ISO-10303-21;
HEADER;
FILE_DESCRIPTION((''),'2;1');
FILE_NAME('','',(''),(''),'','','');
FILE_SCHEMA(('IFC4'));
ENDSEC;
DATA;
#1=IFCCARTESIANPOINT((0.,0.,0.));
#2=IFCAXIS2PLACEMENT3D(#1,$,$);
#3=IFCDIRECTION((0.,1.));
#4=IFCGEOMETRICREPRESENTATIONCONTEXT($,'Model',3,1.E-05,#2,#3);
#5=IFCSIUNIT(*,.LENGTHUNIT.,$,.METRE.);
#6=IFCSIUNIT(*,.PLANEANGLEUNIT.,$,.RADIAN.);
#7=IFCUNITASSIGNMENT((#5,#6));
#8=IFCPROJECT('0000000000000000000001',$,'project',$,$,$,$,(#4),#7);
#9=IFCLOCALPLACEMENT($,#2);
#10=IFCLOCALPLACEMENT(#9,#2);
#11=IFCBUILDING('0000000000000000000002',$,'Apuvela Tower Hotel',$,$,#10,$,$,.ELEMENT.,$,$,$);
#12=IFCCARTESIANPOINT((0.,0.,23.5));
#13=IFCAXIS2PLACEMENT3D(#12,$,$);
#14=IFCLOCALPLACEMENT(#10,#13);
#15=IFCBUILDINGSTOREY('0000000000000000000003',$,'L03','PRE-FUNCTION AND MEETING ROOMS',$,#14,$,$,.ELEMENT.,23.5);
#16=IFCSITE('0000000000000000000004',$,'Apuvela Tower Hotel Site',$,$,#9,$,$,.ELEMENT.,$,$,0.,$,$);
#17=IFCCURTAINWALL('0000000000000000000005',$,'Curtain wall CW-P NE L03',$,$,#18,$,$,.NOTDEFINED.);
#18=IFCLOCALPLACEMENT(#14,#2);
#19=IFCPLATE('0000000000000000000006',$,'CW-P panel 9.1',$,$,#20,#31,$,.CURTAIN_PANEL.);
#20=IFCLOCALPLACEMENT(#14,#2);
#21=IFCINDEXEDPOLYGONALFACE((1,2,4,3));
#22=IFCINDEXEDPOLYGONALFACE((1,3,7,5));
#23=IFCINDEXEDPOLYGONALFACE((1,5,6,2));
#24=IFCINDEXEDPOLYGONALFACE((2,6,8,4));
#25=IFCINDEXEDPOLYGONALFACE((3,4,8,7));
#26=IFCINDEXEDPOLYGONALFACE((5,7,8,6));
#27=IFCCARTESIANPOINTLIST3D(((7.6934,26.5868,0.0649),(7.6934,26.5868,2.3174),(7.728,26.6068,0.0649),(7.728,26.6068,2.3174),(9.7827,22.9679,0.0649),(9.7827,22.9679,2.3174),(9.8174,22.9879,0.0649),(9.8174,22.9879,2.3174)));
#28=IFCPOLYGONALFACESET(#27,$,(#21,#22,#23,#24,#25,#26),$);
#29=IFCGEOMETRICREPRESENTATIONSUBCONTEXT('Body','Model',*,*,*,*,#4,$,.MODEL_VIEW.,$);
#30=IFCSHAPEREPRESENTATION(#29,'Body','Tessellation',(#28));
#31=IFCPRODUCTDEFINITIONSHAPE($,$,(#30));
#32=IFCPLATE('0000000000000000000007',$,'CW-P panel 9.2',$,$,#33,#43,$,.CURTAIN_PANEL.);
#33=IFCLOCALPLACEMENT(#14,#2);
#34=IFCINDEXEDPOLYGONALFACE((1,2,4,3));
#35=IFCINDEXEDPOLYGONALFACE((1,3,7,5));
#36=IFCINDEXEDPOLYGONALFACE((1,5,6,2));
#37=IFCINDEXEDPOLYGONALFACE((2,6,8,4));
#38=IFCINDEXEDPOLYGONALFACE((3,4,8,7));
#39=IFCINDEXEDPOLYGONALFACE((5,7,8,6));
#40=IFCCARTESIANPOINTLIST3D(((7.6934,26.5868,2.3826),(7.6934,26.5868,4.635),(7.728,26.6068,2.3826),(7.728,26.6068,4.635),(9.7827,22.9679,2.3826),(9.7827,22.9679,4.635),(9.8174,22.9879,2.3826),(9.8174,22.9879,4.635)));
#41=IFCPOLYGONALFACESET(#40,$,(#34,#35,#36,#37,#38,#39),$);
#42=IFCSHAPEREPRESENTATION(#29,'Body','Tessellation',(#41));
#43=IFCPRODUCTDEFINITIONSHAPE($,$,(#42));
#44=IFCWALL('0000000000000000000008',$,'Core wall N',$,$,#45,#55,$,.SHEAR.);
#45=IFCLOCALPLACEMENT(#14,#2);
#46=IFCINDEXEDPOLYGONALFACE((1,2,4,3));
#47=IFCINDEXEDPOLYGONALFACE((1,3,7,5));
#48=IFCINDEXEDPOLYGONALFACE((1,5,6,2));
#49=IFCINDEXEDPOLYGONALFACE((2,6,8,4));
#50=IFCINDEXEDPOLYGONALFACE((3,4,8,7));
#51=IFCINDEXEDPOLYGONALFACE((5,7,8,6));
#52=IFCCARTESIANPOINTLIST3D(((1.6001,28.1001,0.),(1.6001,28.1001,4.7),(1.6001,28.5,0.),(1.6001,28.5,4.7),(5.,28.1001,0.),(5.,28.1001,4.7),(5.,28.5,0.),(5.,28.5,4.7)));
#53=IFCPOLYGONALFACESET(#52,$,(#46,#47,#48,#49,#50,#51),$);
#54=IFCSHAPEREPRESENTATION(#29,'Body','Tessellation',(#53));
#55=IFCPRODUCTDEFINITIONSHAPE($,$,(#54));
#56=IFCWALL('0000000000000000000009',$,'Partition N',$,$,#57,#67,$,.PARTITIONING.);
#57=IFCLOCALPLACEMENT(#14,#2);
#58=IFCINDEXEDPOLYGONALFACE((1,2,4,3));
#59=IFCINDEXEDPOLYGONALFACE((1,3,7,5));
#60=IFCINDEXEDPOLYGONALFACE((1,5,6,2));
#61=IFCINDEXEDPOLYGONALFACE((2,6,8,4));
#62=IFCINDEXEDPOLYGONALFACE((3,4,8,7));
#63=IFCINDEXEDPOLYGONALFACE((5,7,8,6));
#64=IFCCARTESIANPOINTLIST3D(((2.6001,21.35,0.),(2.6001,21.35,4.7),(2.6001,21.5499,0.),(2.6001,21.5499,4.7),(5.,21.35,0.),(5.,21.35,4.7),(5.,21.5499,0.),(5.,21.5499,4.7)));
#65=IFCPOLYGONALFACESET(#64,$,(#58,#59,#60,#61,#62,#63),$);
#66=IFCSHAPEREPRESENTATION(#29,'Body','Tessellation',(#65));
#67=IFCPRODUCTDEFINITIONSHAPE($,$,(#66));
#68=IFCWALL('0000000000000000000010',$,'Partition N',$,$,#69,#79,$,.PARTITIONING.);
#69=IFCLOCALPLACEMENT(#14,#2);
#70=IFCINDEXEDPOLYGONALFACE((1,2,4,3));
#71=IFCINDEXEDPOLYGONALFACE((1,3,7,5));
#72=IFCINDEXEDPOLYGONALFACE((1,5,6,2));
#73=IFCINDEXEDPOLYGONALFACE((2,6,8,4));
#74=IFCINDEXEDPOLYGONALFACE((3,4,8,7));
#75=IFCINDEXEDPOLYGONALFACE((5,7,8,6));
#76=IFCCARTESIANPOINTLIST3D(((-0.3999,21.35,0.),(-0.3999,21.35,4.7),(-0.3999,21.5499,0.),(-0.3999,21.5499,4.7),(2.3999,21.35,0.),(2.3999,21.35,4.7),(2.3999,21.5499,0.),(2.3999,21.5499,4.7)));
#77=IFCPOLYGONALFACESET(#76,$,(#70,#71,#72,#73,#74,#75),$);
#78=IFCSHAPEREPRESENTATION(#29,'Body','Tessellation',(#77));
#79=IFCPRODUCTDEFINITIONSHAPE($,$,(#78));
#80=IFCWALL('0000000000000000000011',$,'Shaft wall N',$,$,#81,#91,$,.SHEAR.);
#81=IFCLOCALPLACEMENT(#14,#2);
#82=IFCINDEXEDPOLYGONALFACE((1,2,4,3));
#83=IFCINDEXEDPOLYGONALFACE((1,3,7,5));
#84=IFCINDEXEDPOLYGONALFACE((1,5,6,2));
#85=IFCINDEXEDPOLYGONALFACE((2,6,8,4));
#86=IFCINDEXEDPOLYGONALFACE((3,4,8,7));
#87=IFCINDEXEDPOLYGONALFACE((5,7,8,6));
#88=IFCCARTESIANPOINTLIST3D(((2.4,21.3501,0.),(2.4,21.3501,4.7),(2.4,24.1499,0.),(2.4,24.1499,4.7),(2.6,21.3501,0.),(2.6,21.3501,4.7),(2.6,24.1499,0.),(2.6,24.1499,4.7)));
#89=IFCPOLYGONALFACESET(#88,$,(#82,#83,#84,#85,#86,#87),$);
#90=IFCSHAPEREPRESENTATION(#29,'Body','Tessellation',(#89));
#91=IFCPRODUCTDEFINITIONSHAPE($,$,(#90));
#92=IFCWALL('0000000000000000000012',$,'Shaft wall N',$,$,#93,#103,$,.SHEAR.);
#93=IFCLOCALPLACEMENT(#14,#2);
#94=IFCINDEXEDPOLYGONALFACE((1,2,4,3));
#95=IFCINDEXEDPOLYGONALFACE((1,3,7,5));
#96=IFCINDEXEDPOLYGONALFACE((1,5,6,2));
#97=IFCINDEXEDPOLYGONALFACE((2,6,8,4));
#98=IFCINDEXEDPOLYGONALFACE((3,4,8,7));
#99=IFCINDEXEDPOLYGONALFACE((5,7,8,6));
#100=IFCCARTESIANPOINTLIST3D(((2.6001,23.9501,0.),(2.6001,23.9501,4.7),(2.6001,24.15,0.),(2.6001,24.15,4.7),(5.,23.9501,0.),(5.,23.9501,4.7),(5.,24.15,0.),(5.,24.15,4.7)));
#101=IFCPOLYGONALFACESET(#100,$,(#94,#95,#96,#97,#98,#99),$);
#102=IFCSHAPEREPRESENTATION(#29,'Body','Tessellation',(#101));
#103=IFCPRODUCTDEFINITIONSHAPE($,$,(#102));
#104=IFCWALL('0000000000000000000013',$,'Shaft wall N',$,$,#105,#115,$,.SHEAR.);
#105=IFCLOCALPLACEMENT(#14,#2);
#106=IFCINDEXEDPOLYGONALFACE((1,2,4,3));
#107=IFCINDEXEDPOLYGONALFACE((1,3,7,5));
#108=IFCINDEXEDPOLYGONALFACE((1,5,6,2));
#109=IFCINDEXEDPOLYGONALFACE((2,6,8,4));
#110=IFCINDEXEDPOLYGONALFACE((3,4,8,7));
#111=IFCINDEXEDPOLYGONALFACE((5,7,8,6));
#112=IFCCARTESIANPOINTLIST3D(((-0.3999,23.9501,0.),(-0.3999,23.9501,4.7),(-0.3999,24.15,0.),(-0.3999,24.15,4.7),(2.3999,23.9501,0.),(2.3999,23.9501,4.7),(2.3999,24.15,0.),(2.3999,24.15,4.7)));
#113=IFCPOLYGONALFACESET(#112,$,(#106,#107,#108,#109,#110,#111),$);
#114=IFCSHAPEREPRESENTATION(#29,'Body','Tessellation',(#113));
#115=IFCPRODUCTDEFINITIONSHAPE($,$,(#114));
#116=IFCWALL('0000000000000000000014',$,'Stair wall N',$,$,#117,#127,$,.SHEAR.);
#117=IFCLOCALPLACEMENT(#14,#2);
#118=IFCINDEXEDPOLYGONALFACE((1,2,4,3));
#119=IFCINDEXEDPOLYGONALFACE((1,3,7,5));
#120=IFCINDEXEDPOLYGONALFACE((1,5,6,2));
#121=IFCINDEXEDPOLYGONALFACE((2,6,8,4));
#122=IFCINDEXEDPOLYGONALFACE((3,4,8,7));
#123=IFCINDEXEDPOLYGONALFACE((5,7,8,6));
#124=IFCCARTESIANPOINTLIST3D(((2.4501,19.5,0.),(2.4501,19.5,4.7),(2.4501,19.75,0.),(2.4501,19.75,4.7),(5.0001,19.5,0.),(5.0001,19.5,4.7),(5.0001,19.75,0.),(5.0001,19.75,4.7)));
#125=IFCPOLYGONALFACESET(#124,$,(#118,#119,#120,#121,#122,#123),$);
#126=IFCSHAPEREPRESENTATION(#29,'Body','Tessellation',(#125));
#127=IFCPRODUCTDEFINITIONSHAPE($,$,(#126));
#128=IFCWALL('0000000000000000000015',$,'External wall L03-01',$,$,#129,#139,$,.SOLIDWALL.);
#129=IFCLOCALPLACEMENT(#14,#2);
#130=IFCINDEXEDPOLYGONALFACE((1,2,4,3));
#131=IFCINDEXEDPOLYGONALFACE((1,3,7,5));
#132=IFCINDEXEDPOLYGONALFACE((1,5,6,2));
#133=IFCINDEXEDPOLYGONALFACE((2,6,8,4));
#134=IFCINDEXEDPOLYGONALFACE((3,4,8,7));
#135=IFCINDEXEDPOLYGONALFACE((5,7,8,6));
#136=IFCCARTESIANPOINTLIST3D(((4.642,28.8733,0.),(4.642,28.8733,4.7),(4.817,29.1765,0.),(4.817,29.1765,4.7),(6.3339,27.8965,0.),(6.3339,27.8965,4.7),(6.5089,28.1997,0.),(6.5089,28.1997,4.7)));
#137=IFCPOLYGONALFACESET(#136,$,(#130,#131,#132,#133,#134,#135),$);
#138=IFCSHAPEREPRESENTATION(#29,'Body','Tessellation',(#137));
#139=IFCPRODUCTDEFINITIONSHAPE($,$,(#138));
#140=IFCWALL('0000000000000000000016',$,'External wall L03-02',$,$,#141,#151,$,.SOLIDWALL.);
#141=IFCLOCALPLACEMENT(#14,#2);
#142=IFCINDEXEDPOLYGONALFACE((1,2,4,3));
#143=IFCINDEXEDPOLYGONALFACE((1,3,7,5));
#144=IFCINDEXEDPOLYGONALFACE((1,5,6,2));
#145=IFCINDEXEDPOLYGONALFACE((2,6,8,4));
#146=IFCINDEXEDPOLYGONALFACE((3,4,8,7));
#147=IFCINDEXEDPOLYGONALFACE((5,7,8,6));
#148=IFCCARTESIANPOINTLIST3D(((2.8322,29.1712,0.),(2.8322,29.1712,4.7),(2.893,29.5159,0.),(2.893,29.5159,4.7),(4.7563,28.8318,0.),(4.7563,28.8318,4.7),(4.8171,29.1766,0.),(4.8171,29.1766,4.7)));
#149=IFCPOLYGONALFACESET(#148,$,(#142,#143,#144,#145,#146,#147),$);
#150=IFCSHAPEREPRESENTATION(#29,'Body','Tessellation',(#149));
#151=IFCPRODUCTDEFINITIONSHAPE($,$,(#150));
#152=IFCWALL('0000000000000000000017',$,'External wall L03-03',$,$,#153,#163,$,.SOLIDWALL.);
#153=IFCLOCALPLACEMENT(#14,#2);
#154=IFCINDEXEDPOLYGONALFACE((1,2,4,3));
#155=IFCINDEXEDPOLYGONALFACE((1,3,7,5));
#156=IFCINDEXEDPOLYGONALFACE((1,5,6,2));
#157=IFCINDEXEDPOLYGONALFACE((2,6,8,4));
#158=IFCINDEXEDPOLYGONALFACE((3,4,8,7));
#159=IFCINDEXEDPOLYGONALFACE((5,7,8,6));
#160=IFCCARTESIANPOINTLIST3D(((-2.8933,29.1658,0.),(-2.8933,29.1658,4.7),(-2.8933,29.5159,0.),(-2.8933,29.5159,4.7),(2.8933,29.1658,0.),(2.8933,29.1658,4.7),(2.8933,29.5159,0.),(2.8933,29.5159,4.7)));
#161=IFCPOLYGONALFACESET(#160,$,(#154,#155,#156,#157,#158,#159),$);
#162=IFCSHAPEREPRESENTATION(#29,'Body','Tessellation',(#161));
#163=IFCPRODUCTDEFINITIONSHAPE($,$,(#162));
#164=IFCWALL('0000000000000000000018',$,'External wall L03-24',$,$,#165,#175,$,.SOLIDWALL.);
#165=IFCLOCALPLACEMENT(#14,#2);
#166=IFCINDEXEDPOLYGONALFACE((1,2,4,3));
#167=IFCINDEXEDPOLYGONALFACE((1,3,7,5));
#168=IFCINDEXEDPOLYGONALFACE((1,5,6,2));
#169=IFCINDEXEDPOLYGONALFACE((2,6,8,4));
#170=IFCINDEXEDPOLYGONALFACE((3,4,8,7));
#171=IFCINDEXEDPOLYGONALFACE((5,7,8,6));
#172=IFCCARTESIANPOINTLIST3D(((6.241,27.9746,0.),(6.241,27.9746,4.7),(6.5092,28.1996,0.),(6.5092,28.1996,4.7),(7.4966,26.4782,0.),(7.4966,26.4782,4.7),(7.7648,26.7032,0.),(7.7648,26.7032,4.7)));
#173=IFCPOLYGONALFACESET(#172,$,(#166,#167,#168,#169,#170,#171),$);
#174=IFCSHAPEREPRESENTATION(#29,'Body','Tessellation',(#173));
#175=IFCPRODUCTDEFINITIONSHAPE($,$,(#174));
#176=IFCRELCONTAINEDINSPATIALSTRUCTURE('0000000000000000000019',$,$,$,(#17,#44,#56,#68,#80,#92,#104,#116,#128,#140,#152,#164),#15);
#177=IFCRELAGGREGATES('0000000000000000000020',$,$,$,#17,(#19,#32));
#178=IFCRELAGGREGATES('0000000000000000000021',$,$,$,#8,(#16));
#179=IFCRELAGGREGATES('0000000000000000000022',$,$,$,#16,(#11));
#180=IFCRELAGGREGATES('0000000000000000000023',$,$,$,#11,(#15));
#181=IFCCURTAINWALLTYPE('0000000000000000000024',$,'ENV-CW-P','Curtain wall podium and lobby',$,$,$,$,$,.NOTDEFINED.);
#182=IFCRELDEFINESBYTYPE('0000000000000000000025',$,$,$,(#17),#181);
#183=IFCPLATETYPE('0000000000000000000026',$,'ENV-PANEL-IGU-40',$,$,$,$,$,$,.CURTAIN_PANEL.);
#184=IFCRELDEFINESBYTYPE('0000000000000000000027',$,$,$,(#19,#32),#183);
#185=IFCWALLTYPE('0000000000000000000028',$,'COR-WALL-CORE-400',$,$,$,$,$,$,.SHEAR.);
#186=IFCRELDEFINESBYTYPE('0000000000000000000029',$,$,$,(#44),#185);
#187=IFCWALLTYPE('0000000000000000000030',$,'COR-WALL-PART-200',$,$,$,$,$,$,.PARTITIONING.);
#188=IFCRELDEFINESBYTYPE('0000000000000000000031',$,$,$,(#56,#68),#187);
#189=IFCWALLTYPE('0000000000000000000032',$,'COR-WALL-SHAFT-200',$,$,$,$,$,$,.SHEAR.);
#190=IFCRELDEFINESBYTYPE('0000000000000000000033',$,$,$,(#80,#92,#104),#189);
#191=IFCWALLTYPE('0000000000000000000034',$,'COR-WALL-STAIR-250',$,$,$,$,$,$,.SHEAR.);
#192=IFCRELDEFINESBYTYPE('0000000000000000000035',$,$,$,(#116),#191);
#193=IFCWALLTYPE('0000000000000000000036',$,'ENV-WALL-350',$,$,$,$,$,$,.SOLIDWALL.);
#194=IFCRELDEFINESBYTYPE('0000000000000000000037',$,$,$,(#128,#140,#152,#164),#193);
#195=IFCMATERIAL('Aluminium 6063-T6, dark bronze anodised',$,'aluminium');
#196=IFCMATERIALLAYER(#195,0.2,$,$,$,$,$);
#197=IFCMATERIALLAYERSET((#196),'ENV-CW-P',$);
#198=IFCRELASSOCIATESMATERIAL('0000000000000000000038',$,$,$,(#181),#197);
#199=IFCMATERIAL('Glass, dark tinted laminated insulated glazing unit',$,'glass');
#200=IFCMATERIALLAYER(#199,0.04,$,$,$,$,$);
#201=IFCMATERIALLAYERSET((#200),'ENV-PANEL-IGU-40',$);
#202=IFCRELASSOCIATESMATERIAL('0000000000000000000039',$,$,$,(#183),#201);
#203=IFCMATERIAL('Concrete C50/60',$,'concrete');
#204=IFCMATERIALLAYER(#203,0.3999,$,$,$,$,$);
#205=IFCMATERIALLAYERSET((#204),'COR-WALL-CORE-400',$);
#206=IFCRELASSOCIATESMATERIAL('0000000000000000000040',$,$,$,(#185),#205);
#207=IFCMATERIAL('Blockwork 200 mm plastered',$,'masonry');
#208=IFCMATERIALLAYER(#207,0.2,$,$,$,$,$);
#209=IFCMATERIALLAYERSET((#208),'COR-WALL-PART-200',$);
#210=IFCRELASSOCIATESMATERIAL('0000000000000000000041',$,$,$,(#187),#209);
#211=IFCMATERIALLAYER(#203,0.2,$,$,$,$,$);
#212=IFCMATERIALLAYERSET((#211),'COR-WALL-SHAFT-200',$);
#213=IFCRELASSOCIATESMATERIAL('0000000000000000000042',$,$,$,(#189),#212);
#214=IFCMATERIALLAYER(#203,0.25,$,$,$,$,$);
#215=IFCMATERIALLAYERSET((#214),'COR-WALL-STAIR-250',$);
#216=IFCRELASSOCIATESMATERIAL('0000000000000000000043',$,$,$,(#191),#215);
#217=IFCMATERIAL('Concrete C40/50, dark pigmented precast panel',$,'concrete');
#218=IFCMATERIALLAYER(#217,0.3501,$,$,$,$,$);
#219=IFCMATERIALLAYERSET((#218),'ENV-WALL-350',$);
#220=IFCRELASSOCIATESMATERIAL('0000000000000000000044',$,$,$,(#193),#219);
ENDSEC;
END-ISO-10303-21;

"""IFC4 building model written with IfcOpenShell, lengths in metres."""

from ifc_helpers import new_model, si_unit, direction, frame, frame_2d, origin, origin_2d, place, context, subcontext, project, spatial, rectangle, extrude, material, layer, layer_set, type_object, element, aggregate, save


model = new_model("IFC4")

# Units and contexts
model_context = context("Model", 3, precision=1e-05, world=origin(), true_north=direction((0.0, 1.0)))
body_context = subcontext(model_context, "Body", "Model", "MODEL_VIEW")
ifc_project = project(units=[si_unit("LENGTHUNIT", "METRE"), si_unit("PLANEANGLEUNIT", "RADIAN")], contexts=[model_context])

# Site, building, storey
site_placement = place(None, origin())
site = spatial("IfcSite", under=ifc_project, at=site_placement, Name="Apuvela Tower Hotel Site", CompositionType="ELEMENT", RefElevation=0.0)
building_placement = place(site_placement, origin())
building = spatial("IfcBuilding", under=site, at=building_placement, Name="Apuvela Tower Hotel", CompositionType="ELEMENT")
storey_placement = place(building_placement, frame((0.0, 0.0, 23.5)))
storey = spatial("IfcBuildingStorey", under=building, at=storey_placement, Name="L03", Description="PRE-FUNCTION AND MEETING ROOMS", CompositionType="ELEMENT", Elevation=23.5)

# Curtain wall
ifc_material_1 = material(Name="Aluminium 6063-T6, dark bronze anodised", Category="aluminium")
ifc_layer_1 = layer(ifc_material_1, 0.2)
ifc_layer_set_1 = layer_set([ifc_layer_1], Name="ENV-CW-P")
curtain_wall_type = type_object("IfcCurtainWallType", Name="ENV-CW-P", Description="Curtain wall podium and lobby", PredefinedType="NOTDEFINED", material=ifc_layer_set_1)
curtain_wall_placement = place(storey_placement, origin())
curtain_wall = element("IfcCurtainWall", 1, at=curtain_wall_placement, inside=storey, type_object=curtain_wall_type, Name="Curtain wall CW-P NE L03", PredefinedType="NOTDEFINED")

# Plates
ifc_material_2 = material(Name="Glass, dark tinted laminated insulated glazing unit", Category="glass")
ifc_layer_2 = layer(ifc_material_2, 0.04)
ifc_layer_set_2 = layer_set([ifc_layer_2], Name="ENV-PANEL-IGU-40")
plate_type = type_object("IfcPlateType", Name="ENV-PANEL-IGU-40", PredefinedType="CURTAIN_PANEL", material=ifc_layer_set_2)
plate_1_placement = place(storey_placement, frame((8.7554, 24.7874, 0.0649), z_axis=(0.0, 0.0, 1.0), x_axis=(-0.5, 0.866026, 0.0)))
plate_1 = element("IfcPlate", 2, at=plate_1_placement, type_object=plate_type, Name="CW-P panel 9.1", PredefinedType="CURTAIN_PANEL", context=body_context, shape_type="SweptSolid", body=[
    extrude(rectangle(XDim=4.1787, YDim=0.04, at=origin_2d()), origin(), (0.0, 0.0, 1.0), 2.2524),
])
plate_2_placement = place(storey_placement, frame((8.7554, 24.7874, 2.3826), z_axis=(0.0, 0.0, 1.0), x_axis=(-0.5, 0.866026, 0.0)))
plate_2 = element("IfcPlate", 3, at=plate_2_placement, type_object=plate_type, Name="CW-P panel 9.2", PredefinedType="CURTAIN_PANEL", context=body_context, shape_type="SweptSolid", body=[
    extrude(rectangle(XDim=4.1787, YDim=0.04, at=origin_2d()), origin(), (0.0, 0.0, 1.0), 2.2524),
])
aggregate(curtain_wall, [plate_1, plate_2])

# Walls
ifc_material_3 = material(Name="Concrete C50/60", Category="concrete")
ifc_layer_3 = layer(ifc_material_3, 0.3999)
ifc_layer_set_3 = layer_set([ifc_layer_3], Name="COR-WALL-CORE-400")
wall_type_1 = type_object("IfcWallType", Name="COR-WALL-CORE-400", PredefinedType="SHEAR", material=ifc_layer_set_3)
wall_1_placement = place(storey_placement, frame((5.0, 28.3, 0.0), z_axis=(0.0, 0.0, 1.0), x_axis=(-1.0, 0.0, 0.0)))
element("IfcWall", 4, at=wall_1_placement, inside=storey, type_object=wall_type_1, Name="Core wall N", PredefinedType="SHEAR", context=body_context, shape_type="SweptSolid", body=[
    extrude(rectangle(XDim=3.3999, YDim=0.3999, at=frame_2d((1.7, 0.0))), origin(), (0.0, 0.0, 1.0), 4.7),
])
ifc_material_4 = material(Name="Blockwork 200 mm plastered", Category="masonry")
ifc_layer_4 = layer(ifc_material_4, 0.2)
ifc_layer_set_4 = layer_set([ifc_layer_4], Name="COR-WALL-PART-200")
wall_type_2 = type_object("IfcWallType", Name="COR-WALL-PART-200", PredefinedType="PARTITIONING", material=ifc_layer_set_4)
wall_2_placement = place(storey_placement, frame((5.0, 21.45, 0.0), z_axis=(0.0, 0.0, 1.0), x_axis=(-1.0, 0.0, 0.0)))
element("IfcWall", 5, at=wall_2_placement, inside=storey, type_object=wall_type_2, Name="Partition N", PredefinedType="PARTITIONING", context=body_context, shape_type="SweptSolid", body=[
    extrude(rectangle(XDim=2.3999, YDim=0.2, at=frame_2d((1.2, 0.0))), origin(), (0.0, 0.0, 1.0), 4.7),
])
wall_3_placement = place(storey_placement, frame((2.3999, 21.45, 0.0), z_axis=(0.0, 0.0, 1.0), x_axis=(-1.0, 0.0, 0.0)))
element("IfcWall", 6, at=wall_3_placement, inside=storey, type_object=wall_type_2, Name="Partition N", PredefinedType="PARTITIONING", context=body_context, shape_type="SweptSolid", body=[
    extrude(rectangle(XDim=2.7998, YDim=0.2, at=frame_2d((1.3999, 0.0))), origin(), (0.0, 0.0, 1.0), 4.7),
])
ifc_layer_5 = layer(ifc_material_3, 0.2)
ifc_layer_set_5 = layer_set([ifc_layer_5], Name="COR-WALL-SHAFT-200")
wall_type_3 = type_object("IfcWallType", Name="COR-WALL-SHAFT-200", PredefinedType="SHEAR", material=ifc_layer_set_5)
wall_4_placement = place(storey_placement, frame((2.5, 21.3501, 0.0), z_axis=(0.0, 0.0, 1.0), x_axis=(0.0, 1.0, 0.0)))
element("IfcWall", 7, at=wall_4_placement, inside=storey, type_object=wall_type_3, Name="Shaft wall N", PredefinedType="SHEAR", context=body_context, shape_type="SweptSolid", body=[
    extrude(rectangle(XDim=2.7998, YDim=0.2, at=frame_2d((1.3999, 0.0))), origin(), (0.0, 0.0, 1.0), 4.7),
])
wall_5_placement = place(storey_placement, frame((5.0, 24.05, 0.0), z_axis=(0.0, 0.0, 1.0), x_axis=(-1.0, 0.0, 0.0)))
element("IfcWall", 8, at=wall_5_placement, inside=storey, type_object=wall_type_3, Name="Shaft wall N", PredefinedType="SHEAR", context=body_context, shape_type="SweptSolid", body=[
    extrude(rectangle(XDim=2.3999, YDim=0.2, at=frame_2d((1.2, 0.0))), origin(), (0.0, 0.0, 1.0), 4.7),
])
wall_6_placement = place(storey_placement, frame((2.3999, 24.05, 0.0), z_axis=(0.0, 0.0, 1.0), x_axis=(-1.0, 0.0, 0.0)))
element("IfcWall", 9, at=wall_6_placement, inside=storey, type_object=wall_type_3, Name="Shaft wall N", PredefinedType="SHEAR", context=body_context, shape_type="SweptSolid", body=[
    extrude(rectangle(XDim=2.7998, YDim=0.2, at=frame_2d((1.3999, 0.0))), origin(), (0.0, 0.0, 1.0), 4.7),
])
ifc_layer_6 = layer(ifc_material_3, 0.25)
ifc_layer_set_6 = layer_set([ifc_layer_6], Name="COR-WALL-STAIR-250")
wall_type_4 = type_object("IfcWallType", Name="COR-WALL-STAIR-250", PredefinedType="SHEAR", material=ifc_layer_set_6)
wall_7_placement = place(storey_placement, frame((5.0, 19.625, 0.0), z_axis=(0.0, 0.0, 1.0), x_axis=(-1.0, 0.0, 0.0)))
element("IfcWall", 10, at=wall_7_placement, inside=storey, type_object=wall_type_4, Name="Stair wall N", PredefinedType="SHEAR", context=body_context, shape_type="SweptSolid", body=[
    extrude(rectangle(XDim=2.55, YDim=0.25, at=frame_2d((1.2749, 0.0))), origin(), (0.0, 0.0, 1.0), 4.7),
])
ifc_material_5 = material(Name="Concrete C40/50, dark pigmented precast panel", Category="concrete")
ifc_layer_7 = layer(ifc_material_5, 0.3501)
ifc_layer_set_7 = layer_set([ifc_layer_7], Name="ENV-WALL-350")
wall_type_5 = type_object("IfcWallType", Name="ENV-WALL-350", PredefinedType="SOLIDWALL", material=ifc_layer_set_7)
wall_8_placement = place(storey_placement, frame((6.4214, 28.0481, 0.0), z_axis=(0.0, 0.0, 1.0), x_axis=(-0.866027, 0.499996, 0.0)))
element("IfcWall", 11, at=wall_8_placement, inside=storey, type_object=wall_type_5, Name="External wall L03-01", PredefinedType="SOLIDWALL", context=body_context, shape_type="SweptSolid", body=[
    extrude(rectangle(XDim=1.9536, YDim=0.3501, at=frame_2d((0.9768, 0.0))), origin(), (0.0, 0.0, 1.0), 4.7),
])
wall_9_placement = place(storey_placement, frame((4.7869, 29.0042, 0.0), z_axis=(0.0, 0.0, 1.0), x_axis=(-0.9848, 0.173693, 0.0)))
element("IfcWall", 12, at=wall_9_placement, inside=storey, type_object=wall_type_5, Name="External wall L03-02", PredefinedType="SOLIDWALL", context=body_context, shape_type="SweptSolid", body=[
    extrude(rectangle(XDim=1.9539, YDim=0.3501, at=frame_2d((0.9771, 0.0))), origin(), (0.0, 0.0, 1.0), 4.7),
])
wall_10_placement = place(storey_placement, frame((2.8933, 29.3408, 0.0), z_axis=(0.0, 0.0, 1.0), x_axis=(-1.0, 0.0, 0.0)))
element("IfcWall", 13, at=wall_10_placement, inside=storey, type_object=wall_type_5, Name="External wall L03-03", PredefinedType="SOLIDWALL", context=body_context, shape_type="SweptSolid", body=[
    extrude(rectangle(XDim=5.7866, YDim=0.3501, at=frame_2d((2.8933, 0.0))), origin(), (0.0, 0.0, 1.0), 4.7),
])
wall_11_placement = place(storey_placement, frame((7.6306, 26.5908, 0.0), z_axis=(0.0, 0.0, 1.0), x_axis=(-0.642799, 0.766035, 0.0)))
element("IfcWall", 14, at=wall_11_placement, inside=storey, type_object=wall_type_5, Name="External wall L03-24", PredefinedType="SOLIDWALL", context=body_context, shape_type="SweptSolid", body=[
    extrude(rectangle(XDim=1.9534, YDim=0.3501, at=frame_2d((0.9766, 0.0))), origin(), (0.0, 0.0, 1.0), 4.7),
])

save(model, "model.ifc")
